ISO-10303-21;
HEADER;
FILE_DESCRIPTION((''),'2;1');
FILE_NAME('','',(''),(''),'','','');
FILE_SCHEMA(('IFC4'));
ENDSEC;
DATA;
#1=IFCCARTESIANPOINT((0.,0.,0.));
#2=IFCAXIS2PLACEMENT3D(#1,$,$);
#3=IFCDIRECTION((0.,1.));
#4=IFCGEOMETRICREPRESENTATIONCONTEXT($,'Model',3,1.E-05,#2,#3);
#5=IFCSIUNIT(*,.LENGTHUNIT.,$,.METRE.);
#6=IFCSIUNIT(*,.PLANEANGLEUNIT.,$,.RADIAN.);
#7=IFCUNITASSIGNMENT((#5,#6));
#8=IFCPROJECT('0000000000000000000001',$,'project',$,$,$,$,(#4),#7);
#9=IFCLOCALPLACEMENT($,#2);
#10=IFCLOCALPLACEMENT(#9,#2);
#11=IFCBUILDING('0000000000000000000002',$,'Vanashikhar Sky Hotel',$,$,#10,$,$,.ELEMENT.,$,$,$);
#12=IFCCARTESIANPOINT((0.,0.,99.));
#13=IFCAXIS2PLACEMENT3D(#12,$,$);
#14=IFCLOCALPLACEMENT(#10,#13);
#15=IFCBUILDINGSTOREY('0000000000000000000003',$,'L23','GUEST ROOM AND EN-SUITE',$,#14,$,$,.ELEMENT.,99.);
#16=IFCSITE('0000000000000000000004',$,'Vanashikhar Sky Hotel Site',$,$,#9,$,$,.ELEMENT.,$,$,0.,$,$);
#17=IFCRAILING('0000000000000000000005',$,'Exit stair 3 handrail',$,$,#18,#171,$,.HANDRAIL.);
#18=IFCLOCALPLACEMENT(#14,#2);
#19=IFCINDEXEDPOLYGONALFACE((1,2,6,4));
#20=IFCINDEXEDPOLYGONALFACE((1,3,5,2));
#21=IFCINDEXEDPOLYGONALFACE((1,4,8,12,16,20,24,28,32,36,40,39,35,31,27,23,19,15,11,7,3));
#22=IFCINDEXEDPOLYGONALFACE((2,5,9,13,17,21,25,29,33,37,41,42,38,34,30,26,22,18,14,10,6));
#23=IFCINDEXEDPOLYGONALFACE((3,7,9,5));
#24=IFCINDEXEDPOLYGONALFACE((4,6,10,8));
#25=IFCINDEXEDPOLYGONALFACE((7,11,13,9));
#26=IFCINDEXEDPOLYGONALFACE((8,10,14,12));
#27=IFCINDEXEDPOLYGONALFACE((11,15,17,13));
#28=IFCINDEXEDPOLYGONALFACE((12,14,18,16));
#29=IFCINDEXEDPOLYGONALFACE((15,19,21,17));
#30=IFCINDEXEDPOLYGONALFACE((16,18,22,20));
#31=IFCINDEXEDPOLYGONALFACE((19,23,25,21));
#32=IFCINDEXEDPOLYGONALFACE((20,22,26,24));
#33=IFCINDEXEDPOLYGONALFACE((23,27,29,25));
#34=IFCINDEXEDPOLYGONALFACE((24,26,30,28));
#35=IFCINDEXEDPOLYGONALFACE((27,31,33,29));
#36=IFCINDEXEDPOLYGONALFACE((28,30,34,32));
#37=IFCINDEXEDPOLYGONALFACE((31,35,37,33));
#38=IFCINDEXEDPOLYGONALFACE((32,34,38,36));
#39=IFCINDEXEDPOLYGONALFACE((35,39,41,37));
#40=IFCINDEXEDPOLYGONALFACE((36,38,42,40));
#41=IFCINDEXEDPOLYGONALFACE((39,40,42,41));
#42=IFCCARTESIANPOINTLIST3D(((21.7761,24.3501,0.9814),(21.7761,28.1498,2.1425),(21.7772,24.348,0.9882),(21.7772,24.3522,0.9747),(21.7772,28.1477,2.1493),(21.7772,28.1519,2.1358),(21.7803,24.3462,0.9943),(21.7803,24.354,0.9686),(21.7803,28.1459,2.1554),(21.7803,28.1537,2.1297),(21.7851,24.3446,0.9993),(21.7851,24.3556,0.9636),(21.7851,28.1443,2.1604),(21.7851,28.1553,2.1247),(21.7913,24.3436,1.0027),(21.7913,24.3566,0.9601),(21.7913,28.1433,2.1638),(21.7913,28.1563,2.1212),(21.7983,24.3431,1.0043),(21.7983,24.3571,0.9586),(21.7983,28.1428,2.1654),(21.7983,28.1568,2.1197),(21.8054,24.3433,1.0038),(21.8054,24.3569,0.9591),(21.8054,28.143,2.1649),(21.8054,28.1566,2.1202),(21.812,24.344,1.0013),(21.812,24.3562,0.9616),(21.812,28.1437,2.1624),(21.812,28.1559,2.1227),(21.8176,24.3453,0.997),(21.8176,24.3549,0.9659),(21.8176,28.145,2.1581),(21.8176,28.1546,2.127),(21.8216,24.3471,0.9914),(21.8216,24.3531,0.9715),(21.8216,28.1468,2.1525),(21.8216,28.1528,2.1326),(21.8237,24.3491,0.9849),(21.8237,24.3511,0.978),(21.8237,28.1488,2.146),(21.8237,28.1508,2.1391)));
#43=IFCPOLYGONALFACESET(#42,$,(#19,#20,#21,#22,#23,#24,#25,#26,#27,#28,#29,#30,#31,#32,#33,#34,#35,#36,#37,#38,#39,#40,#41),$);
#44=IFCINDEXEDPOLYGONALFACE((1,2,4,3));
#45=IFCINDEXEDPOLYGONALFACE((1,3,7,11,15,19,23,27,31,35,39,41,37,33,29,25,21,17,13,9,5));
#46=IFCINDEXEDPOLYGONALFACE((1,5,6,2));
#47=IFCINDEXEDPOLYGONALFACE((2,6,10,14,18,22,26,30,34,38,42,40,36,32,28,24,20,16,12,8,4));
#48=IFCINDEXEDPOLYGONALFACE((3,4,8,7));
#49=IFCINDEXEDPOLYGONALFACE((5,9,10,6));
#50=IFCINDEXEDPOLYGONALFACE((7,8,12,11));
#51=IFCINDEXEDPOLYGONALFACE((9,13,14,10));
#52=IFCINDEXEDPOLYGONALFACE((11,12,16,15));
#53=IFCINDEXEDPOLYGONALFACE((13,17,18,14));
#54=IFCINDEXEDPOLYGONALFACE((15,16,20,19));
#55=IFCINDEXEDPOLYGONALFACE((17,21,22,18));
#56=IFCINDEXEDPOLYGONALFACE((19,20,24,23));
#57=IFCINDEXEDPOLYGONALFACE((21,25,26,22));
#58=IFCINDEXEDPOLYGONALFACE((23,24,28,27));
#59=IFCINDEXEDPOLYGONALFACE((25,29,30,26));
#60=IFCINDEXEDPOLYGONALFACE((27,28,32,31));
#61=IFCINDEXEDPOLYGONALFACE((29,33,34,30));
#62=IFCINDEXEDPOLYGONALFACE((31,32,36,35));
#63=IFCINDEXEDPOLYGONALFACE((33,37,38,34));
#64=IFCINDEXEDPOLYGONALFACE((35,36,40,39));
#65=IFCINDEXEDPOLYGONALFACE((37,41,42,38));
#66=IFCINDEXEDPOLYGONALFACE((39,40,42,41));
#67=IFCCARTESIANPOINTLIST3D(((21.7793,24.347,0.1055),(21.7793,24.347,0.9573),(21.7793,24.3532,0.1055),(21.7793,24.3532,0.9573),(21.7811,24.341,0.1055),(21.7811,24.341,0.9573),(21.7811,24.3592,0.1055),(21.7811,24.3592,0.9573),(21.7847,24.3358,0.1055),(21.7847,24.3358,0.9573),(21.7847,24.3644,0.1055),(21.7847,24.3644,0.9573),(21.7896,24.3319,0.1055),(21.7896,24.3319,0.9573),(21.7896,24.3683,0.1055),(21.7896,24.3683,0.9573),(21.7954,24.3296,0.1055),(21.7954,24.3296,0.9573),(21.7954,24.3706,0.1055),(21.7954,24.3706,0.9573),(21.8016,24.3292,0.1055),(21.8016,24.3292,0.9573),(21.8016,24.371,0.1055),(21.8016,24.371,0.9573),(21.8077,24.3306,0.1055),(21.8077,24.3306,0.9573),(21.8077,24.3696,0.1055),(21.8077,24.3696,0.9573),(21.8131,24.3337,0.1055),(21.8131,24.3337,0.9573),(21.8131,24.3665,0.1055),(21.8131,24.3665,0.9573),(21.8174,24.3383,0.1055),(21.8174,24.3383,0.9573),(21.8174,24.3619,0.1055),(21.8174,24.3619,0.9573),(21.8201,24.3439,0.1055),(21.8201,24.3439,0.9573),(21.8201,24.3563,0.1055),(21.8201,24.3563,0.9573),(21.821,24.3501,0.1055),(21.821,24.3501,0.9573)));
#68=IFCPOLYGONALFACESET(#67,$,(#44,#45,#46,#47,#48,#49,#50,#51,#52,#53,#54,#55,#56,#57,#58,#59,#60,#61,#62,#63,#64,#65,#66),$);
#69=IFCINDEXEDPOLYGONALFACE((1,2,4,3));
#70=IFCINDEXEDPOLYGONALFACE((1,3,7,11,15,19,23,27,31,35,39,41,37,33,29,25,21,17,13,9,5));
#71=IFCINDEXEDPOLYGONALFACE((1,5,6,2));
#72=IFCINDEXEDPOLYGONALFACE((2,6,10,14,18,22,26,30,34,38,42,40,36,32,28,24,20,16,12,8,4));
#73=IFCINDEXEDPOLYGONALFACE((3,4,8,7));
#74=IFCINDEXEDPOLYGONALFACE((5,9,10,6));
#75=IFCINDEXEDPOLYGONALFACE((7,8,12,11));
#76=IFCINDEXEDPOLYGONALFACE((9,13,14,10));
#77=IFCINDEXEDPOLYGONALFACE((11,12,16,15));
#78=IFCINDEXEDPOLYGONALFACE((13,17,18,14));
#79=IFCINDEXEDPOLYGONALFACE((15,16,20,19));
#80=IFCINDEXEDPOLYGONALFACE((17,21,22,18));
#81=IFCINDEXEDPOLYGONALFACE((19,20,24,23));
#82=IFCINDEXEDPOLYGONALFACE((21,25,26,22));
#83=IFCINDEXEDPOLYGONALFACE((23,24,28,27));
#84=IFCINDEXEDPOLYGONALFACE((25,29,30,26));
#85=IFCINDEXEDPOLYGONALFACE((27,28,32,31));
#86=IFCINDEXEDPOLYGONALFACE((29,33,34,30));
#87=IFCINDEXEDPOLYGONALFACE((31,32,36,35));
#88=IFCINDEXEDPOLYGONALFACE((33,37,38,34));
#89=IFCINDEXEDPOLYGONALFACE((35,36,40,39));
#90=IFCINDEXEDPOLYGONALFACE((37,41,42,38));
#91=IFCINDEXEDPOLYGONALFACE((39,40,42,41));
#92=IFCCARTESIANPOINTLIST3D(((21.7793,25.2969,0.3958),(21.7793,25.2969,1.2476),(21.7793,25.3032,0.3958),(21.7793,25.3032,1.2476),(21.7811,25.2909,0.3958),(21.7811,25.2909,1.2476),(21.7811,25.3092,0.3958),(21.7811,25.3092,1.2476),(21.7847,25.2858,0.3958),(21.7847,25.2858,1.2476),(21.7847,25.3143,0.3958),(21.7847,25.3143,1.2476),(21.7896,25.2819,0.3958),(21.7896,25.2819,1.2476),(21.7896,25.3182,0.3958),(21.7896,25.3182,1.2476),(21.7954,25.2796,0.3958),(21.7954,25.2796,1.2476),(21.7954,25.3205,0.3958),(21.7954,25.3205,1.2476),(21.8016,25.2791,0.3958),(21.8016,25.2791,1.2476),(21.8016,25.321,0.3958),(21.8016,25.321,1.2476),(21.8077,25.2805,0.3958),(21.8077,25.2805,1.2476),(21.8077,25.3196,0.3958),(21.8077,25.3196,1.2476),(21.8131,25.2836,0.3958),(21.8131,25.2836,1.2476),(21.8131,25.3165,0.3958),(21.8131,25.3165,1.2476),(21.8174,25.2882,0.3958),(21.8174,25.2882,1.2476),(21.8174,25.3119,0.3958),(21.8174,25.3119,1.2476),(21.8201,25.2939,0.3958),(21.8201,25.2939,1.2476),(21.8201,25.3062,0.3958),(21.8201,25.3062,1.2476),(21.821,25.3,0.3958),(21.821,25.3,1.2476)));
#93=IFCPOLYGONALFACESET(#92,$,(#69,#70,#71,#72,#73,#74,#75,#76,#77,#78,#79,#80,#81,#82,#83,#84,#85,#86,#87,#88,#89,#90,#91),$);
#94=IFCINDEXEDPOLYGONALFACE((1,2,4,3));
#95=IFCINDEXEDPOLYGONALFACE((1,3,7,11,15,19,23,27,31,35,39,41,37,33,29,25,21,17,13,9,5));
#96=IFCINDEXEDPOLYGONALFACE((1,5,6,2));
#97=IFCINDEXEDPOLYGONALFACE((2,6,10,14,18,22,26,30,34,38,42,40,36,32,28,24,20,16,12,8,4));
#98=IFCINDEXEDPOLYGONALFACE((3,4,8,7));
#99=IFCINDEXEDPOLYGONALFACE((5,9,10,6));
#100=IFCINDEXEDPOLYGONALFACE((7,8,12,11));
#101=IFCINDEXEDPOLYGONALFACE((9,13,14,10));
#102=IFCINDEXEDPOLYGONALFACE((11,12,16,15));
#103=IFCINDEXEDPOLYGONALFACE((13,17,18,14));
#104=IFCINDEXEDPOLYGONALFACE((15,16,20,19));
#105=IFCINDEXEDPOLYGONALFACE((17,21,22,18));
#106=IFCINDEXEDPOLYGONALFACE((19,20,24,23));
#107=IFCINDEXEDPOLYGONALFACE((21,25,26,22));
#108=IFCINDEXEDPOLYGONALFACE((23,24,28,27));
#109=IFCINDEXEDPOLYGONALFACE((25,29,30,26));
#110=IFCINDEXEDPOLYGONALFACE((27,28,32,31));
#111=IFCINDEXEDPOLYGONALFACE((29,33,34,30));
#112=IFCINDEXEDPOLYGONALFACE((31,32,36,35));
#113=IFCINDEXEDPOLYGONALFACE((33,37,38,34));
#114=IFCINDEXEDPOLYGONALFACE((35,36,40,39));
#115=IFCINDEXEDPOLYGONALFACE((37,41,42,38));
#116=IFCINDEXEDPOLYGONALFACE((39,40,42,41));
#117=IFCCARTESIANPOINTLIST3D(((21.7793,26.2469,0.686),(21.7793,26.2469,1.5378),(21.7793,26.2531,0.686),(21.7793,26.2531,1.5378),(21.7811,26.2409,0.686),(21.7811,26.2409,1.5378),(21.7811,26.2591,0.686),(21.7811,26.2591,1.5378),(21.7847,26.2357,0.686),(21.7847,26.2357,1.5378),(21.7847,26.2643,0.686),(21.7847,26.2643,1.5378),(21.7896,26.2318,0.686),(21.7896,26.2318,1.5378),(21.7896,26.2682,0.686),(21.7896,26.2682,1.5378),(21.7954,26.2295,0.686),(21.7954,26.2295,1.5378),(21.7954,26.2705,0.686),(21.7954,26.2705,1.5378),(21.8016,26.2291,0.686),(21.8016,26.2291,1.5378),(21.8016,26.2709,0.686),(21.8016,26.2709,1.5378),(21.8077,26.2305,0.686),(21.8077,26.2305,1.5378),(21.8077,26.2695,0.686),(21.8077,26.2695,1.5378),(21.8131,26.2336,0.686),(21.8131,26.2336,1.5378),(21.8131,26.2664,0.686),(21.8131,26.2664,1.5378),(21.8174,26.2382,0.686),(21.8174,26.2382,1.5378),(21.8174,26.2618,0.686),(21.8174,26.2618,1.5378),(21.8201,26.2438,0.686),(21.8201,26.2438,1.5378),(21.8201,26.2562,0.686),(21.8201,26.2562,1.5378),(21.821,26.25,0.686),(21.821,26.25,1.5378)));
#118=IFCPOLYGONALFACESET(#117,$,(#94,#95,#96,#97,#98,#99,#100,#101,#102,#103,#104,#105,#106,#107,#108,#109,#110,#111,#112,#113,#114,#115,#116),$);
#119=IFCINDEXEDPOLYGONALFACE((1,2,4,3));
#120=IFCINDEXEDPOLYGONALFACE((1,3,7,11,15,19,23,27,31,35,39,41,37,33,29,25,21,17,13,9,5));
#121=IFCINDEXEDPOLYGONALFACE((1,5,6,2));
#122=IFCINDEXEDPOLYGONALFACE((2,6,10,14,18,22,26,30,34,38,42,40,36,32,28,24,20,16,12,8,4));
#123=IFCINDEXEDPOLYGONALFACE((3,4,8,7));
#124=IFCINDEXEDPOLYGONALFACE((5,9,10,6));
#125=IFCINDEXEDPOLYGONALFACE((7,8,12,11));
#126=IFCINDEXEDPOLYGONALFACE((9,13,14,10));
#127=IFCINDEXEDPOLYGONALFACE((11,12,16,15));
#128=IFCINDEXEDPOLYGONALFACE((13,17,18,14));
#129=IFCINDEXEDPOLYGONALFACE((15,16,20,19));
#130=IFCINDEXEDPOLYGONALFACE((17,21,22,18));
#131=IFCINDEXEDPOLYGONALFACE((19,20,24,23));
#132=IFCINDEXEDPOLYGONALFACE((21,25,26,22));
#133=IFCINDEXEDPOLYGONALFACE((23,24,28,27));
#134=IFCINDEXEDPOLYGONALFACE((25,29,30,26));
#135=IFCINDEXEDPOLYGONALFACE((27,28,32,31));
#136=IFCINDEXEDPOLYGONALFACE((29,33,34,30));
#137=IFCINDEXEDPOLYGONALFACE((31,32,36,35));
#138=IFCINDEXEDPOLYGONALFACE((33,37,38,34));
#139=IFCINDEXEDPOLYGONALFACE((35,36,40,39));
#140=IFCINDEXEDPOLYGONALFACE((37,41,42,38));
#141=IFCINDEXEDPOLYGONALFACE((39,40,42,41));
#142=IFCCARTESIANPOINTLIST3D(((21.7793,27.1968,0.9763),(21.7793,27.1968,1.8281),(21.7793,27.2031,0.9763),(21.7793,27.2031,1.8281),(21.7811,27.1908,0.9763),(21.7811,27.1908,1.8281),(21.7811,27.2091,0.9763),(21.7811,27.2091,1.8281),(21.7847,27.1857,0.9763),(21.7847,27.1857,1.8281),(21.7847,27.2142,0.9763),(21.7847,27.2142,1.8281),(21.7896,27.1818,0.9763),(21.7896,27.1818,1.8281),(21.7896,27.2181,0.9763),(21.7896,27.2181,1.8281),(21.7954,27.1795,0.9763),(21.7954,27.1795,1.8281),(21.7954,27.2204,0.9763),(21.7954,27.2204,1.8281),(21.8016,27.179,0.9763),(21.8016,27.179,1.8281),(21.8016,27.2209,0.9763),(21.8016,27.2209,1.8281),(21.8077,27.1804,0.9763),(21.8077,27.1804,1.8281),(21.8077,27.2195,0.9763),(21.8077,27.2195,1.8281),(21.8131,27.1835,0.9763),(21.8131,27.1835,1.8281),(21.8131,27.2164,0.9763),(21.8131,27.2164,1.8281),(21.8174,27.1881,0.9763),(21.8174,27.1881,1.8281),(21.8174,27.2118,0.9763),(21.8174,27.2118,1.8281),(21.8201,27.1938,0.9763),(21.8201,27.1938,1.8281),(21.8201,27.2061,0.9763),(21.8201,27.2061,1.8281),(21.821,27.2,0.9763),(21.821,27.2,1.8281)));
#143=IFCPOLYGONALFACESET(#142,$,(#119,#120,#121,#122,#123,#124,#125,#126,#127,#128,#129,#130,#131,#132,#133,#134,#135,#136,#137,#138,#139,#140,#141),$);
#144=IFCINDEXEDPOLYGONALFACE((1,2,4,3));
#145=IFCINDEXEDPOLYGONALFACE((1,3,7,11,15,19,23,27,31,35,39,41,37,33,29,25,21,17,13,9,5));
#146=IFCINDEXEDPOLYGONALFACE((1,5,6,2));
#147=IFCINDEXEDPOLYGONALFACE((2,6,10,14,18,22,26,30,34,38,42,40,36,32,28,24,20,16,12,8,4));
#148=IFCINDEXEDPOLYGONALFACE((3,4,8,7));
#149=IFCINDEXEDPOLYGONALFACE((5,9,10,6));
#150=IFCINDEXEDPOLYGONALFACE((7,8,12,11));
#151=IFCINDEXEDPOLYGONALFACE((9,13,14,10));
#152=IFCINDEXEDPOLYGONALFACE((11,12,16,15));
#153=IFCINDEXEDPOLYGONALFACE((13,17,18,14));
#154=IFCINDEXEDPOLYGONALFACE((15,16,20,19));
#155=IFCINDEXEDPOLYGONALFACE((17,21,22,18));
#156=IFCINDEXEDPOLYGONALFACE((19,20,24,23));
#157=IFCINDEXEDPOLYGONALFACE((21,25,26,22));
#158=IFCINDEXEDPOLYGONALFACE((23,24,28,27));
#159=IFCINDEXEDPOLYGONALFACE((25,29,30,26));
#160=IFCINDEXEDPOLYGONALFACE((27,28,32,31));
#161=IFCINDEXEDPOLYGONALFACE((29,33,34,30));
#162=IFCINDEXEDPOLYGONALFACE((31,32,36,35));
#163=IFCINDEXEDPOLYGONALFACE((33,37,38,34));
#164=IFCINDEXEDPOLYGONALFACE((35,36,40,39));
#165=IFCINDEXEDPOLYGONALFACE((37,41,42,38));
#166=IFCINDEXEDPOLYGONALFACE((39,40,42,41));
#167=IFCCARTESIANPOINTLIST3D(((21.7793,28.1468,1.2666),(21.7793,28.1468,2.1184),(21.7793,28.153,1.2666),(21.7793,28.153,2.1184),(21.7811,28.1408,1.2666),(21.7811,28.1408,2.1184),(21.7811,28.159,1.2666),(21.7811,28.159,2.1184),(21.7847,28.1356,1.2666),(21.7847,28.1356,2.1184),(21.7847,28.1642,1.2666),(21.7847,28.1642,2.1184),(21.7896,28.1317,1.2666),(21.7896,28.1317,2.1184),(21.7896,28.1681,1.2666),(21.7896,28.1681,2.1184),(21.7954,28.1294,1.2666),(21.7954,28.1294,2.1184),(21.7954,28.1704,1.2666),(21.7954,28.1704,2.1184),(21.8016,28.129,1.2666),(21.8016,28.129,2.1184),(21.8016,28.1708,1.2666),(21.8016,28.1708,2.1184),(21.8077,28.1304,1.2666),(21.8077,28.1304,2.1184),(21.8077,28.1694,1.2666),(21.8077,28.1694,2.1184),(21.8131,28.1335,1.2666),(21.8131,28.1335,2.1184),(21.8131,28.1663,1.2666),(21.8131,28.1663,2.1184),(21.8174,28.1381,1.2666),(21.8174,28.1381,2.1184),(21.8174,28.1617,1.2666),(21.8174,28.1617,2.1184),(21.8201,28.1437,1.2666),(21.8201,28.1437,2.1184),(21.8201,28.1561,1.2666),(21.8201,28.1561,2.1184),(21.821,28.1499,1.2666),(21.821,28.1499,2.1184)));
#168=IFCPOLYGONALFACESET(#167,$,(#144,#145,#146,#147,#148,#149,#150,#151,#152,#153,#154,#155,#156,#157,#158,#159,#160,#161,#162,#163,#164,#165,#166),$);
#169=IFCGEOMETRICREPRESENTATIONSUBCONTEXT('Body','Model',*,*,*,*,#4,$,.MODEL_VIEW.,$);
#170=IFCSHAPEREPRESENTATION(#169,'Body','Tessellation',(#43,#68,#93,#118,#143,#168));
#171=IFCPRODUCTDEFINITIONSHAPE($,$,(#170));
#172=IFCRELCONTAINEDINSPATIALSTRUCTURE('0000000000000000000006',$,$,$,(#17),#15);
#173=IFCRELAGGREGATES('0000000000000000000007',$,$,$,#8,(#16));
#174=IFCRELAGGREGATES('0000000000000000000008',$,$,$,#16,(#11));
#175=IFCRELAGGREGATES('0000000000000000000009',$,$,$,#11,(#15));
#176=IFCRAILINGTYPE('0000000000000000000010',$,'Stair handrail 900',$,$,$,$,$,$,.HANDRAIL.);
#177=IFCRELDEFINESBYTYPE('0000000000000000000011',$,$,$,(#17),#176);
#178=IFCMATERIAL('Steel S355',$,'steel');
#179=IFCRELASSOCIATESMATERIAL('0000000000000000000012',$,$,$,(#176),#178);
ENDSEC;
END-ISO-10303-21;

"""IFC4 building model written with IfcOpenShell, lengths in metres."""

from ifc_helpers import new_model, si_unit, direction, frame, origin, origin_2d, place, context, subcontext, project, spatial, circle, extrude, source, transform, mapped, material, type_object, element, save


model = new_model("IFC4")

# Units and contexts
model_context = context("Model", 3, precision=1e-05, world=origin(), true_north=direction((0.0, 1.0)))
body_context = subcontext(model_context, "Body", "Model", "MODEL_VIEW")
ifc_project = project(units=[si_unit("LENGTHUNIT", "METRE"), si_unit("PLANEANGLEUNIT", "RADIAN")], contexts=[model_context])

# Site, building, storey
site_placement = place(None, origin())
site = spatial("IfcSite", under=ifc_project, at=site_placement, Name="Vanashikhar Sky Hotel Site", CompositionType="ELEMENT", RefElevation=0.0)
building_placement = place(site_placement, origin())
building = spatial("IfcBuilding", under=site, at=building_placement, Name="Vanashikhar Sky Hotel", CompositionType="ELEMENT")
storey_placement = place(building_placement, frame((0.0, 0.0, 99.0)))
storey = spatial("IfcBuildingStorey", under=building, at=storey_placement, Name="L23", Description="GUEST ROOM AND EN-SUITE", CompositionType="ELEMENT", Elevation=99.0)

# Railing
ifc_material_1 = material(Name="Steel S355", Category="steel")
railing_type_1 = type_object("IfcRailingType", Name="Stair handrail 900", PredefinedType="HANDRAIL", material=ifc_material_1)
shared_shape_1 = source(origin(), body_context, "Body", "SweptSolid", [
    extrude(circle(Radius=0.0239, at=origin_2d()), frame((0.0, 0.0, 0.876), z_axis=(0.0, 0.956346, 0.292237), x_axis=(-1.0, 0.0, 0.0)), (0.0, 0.0, 1.0), 3.9731),
    extrude(circle(Radius=0.021, at=origin_2d()), origin(), (0.0, 0.0, 1.0), 0.8518),
    extrude(circle(Radius=0.021, at=origin_2d()), frame((0.0, 0.95, 0.2903)), (0.0, 0.0, 1.0), 0.8518),
    extrude(circle(Radius=0.021, at=origin_2d()), frame((0.0, 1.8999, 0.5806)), (0.0, 0.0, 1.0), 0.8518),
    extrude(circle(Radius=0.021, at=origin_2d()), frame((0.0, 2.8499, 0.8708)), (0.0, 0.0, 1.0), 0.8518),
    extrude(circle(Radius=0.021, at=origin_2d()), frame((0.0, 3.7998, 1.1611)), (0.0, 0.0, 1.0), 0.8518),
])
for number, where, name in (
    (1, (21.8, 24.3501, 0.1055), "Exit stair 3 handrail"),
):
    element("IfcRailing", number, at=place(storey_placement, frame(where)), inside=storey, type_object=railing_type_1, Name=name, PredefinedType="HANDRAIL", context=body_context, shape_type="MappedRepresentation", body=[
        mapped(shared_shape_1, transform((0.0, 0.0, 0.0), scale=1.0)),
    ])

save(model, "model.ifc")
